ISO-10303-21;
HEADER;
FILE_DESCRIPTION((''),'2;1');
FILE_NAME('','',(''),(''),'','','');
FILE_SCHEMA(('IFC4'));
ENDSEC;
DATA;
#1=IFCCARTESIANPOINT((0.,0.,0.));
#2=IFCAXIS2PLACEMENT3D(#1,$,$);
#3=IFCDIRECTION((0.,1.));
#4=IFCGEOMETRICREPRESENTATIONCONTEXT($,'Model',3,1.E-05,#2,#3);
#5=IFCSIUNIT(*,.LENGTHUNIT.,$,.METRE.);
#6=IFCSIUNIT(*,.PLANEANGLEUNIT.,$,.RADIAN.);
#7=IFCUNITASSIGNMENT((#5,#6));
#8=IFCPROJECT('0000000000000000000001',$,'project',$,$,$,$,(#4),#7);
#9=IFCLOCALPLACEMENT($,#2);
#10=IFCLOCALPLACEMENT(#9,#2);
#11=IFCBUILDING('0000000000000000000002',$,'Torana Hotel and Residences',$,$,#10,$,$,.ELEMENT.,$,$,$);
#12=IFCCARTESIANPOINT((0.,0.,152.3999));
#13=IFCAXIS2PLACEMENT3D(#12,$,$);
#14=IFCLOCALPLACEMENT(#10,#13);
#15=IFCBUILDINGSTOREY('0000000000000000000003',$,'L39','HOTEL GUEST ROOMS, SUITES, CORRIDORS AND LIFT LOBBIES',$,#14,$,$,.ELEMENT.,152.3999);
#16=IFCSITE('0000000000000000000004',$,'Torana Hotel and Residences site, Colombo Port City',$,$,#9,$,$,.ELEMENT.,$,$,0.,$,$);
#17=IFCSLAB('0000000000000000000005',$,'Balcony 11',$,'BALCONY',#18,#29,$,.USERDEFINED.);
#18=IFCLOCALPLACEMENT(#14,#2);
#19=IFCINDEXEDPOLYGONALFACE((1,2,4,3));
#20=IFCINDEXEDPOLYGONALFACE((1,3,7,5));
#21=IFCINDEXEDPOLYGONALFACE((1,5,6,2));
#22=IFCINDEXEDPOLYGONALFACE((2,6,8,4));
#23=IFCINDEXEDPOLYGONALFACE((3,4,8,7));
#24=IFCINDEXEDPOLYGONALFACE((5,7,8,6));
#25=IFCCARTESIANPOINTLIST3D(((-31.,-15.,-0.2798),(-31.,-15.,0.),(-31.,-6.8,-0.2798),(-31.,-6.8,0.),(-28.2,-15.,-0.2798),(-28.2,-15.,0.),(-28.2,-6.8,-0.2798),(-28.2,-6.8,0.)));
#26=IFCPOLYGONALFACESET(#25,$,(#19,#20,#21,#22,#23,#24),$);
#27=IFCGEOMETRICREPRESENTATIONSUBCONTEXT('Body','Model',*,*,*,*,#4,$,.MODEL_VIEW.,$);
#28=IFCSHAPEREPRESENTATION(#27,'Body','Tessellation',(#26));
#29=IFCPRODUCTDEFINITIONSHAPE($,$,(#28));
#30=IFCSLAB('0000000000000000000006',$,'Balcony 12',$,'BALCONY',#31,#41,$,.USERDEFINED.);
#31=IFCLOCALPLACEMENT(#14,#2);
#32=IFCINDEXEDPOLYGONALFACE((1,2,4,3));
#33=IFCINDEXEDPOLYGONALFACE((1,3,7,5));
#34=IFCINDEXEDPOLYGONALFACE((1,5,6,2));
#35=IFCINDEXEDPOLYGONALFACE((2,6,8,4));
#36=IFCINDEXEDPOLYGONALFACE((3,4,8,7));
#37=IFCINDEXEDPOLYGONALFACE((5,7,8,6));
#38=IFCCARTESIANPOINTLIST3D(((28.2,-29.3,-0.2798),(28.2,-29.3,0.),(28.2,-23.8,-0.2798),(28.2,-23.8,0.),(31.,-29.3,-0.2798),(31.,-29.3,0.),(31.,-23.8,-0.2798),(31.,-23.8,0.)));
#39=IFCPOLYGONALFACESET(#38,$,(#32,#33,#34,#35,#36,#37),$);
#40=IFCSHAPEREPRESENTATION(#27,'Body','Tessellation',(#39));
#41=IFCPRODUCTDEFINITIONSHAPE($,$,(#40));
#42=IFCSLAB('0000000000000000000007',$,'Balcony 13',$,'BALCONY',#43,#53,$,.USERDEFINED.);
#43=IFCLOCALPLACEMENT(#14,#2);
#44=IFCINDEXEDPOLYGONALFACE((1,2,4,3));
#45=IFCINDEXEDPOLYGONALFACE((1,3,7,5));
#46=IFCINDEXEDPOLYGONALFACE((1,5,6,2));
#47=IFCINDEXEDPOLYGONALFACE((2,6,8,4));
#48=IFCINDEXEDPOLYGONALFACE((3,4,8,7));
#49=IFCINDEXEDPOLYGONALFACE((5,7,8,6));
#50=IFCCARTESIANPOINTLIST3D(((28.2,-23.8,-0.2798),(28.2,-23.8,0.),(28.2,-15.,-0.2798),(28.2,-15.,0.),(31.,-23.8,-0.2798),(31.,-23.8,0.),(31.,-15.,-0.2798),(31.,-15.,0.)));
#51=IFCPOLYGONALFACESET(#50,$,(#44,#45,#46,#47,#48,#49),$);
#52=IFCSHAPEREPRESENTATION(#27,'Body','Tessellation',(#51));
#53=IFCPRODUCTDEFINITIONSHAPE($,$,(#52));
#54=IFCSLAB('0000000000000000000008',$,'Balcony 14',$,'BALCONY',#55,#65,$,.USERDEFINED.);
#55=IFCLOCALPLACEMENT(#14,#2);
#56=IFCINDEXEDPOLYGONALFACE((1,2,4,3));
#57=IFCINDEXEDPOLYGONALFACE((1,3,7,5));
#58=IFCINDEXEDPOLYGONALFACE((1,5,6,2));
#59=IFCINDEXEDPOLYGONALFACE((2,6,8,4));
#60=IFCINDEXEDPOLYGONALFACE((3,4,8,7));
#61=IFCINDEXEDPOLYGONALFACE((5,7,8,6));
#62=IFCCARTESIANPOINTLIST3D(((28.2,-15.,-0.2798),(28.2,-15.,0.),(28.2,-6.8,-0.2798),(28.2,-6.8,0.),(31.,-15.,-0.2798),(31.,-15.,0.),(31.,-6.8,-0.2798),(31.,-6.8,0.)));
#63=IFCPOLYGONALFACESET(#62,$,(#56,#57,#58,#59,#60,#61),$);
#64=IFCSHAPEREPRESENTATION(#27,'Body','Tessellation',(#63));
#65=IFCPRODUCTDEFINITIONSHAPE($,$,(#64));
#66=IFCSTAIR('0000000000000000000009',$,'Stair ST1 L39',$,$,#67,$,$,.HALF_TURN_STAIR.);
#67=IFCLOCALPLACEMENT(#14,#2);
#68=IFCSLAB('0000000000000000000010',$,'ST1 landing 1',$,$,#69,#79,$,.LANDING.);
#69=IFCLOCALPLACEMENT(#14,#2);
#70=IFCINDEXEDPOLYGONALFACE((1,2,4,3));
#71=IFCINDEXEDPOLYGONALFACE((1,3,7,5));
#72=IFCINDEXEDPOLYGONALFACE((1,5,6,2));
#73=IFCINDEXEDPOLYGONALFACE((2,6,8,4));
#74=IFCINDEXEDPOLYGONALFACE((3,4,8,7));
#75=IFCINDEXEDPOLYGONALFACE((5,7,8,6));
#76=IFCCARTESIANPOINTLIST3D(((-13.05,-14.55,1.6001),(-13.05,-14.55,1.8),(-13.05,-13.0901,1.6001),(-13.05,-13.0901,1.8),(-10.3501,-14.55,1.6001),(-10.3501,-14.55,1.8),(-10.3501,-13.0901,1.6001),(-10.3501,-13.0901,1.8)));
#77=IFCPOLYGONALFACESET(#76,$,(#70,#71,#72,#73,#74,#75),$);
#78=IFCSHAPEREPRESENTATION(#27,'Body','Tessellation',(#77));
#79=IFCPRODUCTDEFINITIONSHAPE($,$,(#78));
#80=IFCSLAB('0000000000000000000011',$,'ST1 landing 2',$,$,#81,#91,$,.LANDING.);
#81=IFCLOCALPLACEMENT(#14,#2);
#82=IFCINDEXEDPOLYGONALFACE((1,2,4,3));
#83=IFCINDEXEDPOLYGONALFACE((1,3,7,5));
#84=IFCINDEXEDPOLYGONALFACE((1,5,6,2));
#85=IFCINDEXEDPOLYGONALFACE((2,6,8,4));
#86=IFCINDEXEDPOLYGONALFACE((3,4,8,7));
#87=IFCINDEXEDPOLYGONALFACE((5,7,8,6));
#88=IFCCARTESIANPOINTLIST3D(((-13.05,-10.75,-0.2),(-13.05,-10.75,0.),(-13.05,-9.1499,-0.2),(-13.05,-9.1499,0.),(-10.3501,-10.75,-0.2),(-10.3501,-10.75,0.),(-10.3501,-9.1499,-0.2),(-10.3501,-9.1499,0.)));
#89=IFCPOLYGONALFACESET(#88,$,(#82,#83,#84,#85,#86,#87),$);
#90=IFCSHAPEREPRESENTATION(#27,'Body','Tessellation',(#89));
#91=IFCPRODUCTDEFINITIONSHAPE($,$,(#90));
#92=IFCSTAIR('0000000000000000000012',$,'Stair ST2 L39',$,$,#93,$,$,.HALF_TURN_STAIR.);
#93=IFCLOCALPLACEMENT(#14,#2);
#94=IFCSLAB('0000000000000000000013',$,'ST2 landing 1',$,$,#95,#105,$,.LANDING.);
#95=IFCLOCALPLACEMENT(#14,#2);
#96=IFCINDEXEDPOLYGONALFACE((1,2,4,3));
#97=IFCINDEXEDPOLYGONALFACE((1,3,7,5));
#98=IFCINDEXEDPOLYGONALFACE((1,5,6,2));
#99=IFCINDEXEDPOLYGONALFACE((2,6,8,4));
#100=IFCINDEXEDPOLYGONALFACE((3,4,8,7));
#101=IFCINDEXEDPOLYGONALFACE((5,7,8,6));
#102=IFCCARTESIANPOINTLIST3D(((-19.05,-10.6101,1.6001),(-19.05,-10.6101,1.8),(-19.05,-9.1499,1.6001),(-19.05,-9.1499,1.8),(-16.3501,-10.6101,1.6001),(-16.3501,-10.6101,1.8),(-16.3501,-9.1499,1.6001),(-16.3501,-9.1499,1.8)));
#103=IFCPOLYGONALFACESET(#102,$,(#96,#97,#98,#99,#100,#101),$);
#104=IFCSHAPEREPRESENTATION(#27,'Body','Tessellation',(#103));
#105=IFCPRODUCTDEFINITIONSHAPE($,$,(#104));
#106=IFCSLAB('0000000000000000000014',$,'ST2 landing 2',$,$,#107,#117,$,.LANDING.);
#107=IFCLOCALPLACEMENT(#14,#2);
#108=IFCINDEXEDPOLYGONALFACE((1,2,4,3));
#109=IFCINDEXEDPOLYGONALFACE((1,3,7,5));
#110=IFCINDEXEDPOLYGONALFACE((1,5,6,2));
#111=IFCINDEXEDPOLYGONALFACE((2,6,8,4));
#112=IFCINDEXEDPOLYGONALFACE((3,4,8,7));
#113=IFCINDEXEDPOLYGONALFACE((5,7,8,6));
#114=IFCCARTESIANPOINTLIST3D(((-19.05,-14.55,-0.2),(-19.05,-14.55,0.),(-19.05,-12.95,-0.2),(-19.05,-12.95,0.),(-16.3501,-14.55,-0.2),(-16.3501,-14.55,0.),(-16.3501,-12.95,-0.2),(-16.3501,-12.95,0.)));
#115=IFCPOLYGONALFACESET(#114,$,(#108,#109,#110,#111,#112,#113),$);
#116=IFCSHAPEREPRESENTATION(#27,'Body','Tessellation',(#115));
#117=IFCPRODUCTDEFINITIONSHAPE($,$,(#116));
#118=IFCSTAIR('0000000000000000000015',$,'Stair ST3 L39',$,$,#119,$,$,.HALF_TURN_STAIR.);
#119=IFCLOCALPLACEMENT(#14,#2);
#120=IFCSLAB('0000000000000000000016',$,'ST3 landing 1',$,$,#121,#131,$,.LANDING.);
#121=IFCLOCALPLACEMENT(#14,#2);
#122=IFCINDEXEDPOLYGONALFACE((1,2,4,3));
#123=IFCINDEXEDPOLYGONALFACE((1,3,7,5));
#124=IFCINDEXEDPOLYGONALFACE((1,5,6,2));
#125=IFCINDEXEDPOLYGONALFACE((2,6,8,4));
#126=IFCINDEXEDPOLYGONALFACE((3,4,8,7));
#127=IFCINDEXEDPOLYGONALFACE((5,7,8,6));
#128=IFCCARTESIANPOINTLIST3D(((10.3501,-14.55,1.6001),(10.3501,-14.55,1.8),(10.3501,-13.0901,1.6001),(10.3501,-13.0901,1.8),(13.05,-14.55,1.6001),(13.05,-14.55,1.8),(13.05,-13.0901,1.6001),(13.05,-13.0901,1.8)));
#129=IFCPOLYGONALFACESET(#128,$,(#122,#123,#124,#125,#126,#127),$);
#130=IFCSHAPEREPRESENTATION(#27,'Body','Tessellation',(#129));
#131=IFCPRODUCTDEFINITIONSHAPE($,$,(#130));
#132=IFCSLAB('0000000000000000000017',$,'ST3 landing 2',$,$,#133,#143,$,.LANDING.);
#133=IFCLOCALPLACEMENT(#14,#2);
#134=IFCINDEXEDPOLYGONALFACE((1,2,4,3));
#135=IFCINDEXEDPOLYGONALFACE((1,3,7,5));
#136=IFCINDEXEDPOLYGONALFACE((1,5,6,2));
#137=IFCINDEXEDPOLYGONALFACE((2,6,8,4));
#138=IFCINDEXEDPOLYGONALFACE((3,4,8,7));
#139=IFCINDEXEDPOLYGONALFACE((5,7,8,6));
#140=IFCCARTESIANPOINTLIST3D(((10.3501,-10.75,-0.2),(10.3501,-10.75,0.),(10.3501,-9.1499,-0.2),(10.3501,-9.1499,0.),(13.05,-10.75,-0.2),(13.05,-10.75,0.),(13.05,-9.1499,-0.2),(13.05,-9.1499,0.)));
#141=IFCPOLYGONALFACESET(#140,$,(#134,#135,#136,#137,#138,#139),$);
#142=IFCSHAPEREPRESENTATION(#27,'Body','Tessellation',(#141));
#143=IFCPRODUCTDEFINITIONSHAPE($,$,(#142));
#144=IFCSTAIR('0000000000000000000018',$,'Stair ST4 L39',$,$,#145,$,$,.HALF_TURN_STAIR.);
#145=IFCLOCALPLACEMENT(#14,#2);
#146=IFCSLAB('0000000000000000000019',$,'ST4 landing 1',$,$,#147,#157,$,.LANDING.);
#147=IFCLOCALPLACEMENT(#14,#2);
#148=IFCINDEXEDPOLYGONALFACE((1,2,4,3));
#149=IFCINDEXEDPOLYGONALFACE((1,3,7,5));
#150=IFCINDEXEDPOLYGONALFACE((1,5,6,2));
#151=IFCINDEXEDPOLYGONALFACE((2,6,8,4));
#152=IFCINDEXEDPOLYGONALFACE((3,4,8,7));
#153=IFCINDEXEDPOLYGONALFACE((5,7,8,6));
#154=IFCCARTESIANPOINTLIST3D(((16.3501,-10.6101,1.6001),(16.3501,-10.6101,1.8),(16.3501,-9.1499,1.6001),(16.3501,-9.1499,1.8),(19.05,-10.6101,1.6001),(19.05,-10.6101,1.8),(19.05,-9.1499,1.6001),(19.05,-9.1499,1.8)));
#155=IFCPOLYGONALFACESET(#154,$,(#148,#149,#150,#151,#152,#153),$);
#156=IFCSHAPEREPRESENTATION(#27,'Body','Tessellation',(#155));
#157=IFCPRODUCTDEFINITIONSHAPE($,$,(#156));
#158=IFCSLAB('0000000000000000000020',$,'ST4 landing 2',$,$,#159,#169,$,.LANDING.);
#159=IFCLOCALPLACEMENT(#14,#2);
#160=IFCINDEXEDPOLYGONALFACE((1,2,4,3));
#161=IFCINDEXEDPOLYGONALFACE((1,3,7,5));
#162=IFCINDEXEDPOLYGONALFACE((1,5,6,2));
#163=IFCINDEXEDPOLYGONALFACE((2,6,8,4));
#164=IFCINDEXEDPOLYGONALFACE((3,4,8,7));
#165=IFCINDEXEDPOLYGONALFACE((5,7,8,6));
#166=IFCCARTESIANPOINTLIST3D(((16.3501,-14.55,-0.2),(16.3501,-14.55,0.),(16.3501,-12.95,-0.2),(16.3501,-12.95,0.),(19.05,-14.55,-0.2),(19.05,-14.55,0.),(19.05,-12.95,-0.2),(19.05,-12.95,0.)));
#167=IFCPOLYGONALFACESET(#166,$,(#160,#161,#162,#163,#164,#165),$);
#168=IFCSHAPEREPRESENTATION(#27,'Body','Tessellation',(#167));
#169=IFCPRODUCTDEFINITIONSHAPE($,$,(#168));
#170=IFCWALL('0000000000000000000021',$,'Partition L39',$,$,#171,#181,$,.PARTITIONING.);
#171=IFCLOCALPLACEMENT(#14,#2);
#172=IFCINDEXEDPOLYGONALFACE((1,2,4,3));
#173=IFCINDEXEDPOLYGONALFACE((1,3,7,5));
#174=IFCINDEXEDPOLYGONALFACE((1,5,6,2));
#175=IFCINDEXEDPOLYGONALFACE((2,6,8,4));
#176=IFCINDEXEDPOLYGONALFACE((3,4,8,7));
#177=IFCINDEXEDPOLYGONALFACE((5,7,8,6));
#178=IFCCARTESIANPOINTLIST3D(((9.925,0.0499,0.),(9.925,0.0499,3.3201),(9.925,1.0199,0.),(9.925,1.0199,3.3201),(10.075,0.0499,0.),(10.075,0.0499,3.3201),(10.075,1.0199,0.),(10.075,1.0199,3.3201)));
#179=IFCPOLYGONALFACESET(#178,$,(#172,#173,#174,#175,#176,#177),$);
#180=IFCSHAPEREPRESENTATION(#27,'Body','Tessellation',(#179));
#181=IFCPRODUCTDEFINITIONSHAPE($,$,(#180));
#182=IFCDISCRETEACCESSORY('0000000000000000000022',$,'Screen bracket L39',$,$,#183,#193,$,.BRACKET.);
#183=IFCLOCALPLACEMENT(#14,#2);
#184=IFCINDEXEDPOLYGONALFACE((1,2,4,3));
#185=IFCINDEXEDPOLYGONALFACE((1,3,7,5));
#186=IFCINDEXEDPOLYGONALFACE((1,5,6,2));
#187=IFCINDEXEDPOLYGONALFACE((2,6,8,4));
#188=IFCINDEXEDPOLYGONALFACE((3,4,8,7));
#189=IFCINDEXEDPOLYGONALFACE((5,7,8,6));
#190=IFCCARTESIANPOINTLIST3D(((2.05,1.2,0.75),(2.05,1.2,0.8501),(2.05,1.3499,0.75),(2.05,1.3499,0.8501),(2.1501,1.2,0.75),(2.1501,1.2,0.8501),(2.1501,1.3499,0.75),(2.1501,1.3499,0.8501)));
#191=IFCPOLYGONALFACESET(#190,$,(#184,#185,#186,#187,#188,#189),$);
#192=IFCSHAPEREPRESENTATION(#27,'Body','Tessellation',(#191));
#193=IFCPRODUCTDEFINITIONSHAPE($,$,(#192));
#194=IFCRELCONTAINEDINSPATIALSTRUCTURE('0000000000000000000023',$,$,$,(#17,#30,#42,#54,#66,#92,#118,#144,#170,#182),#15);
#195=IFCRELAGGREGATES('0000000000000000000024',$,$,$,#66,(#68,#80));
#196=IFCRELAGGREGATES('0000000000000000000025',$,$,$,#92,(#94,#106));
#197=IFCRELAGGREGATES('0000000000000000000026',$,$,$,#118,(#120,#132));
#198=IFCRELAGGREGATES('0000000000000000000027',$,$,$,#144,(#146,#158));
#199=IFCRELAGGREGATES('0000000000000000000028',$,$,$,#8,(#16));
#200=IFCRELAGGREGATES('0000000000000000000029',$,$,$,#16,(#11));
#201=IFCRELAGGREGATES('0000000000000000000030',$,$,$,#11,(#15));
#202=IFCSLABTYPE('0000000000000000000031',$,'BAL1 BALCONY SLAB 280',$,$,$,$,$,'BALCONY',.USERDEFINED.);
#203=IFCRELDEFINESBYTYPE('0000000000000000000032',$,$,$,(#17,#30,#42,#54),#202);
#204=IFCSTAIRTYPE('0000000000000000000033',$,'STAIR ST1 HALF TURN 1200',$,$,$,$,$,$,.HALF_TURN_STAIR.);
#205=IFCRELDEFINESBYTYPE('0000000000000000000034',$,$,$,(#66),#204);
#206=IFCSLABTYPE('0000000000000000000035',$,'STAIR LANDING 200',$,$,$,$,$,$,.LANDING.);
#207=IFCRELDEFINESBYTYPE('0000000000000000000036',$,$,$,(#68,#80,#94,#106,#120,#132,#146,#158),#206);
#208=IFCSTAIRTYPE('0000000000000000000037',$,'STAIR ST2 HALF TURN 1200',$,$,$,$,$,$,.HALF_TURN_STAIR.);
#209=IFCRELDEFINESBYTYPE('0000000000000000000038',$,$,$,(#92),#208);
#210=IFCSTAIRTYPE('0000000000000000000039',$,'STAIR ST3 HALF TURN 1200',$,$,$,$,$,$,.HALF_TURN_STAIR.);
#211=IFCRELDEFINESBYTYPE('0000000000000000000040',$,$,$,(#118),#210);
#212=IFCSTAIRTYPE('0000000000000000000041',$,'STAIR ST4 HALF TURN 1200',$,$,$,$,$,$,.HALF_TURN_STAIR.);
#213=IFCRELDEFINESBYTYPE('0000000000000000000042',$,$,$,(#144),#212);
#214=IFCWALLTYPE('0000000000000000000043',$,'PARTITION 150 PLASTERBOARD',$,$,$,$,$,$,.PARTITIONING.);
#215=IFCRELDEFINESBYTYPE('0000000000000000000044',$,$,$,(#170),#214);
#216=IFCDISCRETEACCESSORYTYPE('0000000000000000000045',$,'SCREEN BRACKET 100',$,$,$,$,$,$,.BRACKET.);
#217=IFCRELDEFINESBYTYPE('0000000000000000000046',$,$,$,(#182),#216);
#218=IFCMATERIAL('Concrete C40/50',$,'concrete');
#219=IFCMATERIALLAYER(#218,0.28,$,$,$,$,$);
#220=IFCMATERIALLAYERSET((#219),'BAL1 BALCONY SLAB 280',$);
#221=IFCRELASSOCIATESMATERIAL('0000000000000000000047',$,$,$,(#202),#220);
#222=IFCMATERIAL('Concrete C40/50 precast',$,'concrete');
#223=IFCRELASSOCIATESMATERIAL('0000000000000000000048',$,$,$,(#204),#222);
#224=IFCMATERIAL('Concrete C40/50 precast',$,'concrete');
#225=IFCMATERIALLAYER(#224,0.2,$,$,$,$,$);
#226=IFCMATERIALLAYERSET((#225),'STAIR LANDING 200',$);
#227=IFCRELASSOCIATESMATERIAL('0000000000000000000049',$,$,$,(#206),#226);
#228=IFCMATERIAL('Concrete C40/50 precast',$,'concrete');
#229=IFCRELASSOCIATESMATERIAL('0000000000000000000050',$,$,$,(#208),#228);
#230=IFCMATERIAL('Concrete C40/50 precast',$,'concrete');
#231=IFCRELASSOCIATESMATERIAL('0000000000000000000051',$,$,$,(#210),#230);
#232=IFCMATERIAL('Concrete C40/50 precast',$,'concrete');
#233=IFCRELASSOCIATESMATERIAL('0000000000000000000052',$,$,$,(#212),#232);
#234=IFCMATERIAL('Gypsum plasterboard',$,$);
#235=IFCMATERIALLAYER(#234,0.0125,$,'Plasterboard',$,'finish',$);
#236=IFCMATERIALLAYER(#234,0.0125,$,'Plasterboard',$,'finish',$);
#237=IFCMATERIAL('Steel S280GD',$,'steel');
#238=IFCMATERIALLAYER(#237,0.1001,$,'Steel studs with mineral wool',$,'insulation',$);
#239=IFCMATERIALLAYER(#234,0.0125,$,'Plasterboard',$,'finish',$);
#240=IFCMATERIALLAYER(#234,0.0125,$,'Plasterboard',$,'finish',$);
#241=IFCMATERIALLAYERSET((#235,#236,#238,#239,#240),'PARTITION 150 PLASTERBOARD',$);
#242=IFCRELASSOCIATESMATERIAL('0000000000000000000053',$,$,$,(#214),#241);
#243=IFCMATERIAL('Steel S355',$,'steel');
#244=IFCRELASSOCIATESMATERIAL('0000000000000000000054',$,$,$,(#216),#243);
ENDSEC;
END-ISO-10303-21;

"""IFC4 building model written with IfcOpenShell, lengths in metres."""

from ifc_helpers import new_model, si_unit, direction, frame, frame_2d, origin, origin_2d, place, context, subcontext, project, spatial, polyline, rectangle, outline, extrude, material, layer, layer_set, type_object, element, aggregate, save


model = new_model("IFC4")

# Units and contexts
model_context = context("Model", 3, precision=1e-05, world=origin(), true_north=direction((0.0, 1.0)))
body_context = subcontext(model_context, "Body", "Model", "MODEL_VIEW")
ifc_project = project(units=[si_unit("LENGTHUNIT", "METRE"), si_unit("PLANEANGLEUNIT", "RADIAN")], contexts=[model_context])

# Site, building, storey
site_placement = place(None, origin())
site = spatial("IfcSite", under=ifc_project, at=site_placement, Name="Torana Hotel and Residences site, Colombo Port City", CompositionType="ELEMENT", RefElevation=0.0)
building_placement = place(site_placement, origin())
building = spatial("IfcBuilding", under=site, at=building_placement, Name="Torana Hotel and Residences", CompositionType="ELEMENT")
storey_placement = place(building_placement, frame((0.0, 0.0, 152.3999)))
storey = spatial("IfcBuildingStorey", under=building, at=storey_placement, Name="L39", Description="HOTEL GUEST ROOMS, SUITES, CORRIDORS AND LIFT LOBBIES", CompositionType="ELEMENT", Elevation=152.3999)

# Slabs
ifc_material_1 = material(Name="Concrete C40/50", Category="concrete")
ifc_layer_1 = layer(ifc_material_1, 0.28)
ifc_layer_set_1 = layer_set([ifc_layer_1], Name="BAL1 BALCONY SLAB 280")
slab_type_1 = type_object("IfcSlabType", Name="BAL1 BALCONY SLAB 280", ElementType="BALCONY", PredefinedType="USERDEFINED", material=ifc_layer_set_1)
slab_1_placement = place(storey_placement, frame((0.0, 0.0, -0.2798)))
element("IfcSlab", 1, at=slab_1_placement, inside=storey, type_object=slab_type_1, Name="Balcony 11", ObjectType="BALCONY", PredefinedType="USERDEFINED", context=body_context, shape_type="SweptSolid", body=[
    extrude(outline(polyline([(-31.0, -15.0), (-28.2, -15.0), (-28.2, -6.8), (-31.0, -6.8), (-31.0, -15.0)])), origin(), (0.0, 0.0, 1.0), 0.2798),
])
slab_2_placement = place(storey_placement, frame((0.0, 0.0, -0.2798)))
element("IfcSlab", 2, at=slab_2_placement, inside=storey, type_object=slab_type_1, Name="Balcony 12", ObjectType="BALCONY", PredefinedType="USERDEFINED", context=body_context, shape_type="SweptSolid", body=[
    extrude(outline(polyline([(28.2, -29.3), (31.0, -29.3), (31.0, -23.8), (28.2, -23.8), (28.2, -29.3)])), origin(), (0.0, 0.0, 1.0), 0.2798),
])
slab_3_placement = place(storey_placement, frame((0.0, 0.0, -0.2798)))
element("IfcSlab", 3, at=slab_3_placement, inside=storey, type_object=slab_type_1, Name="Balcony 13", ObjectType="BALCONY", PredefinedType="USERDEFINED", context=body_context, shape_type="SweptSolid", body=[
    extrude(outline(polyline([(28.2, -23.8), (31.0, -23.8), (31.0, -15.0), (28.2, -15.0), (28.2, -23.8)])), origin(), (0.0, 0.0, 1.0), 0.2798),
])
slab_4_placement = place(storey_placement, frame((0.0, 0.0, -0.2798)))
element("IfcSlab", 4, at=slab_4_placement, inside=storey, type_object=slab_type_1, Name="Balcony 14", ObjectType="BALCONY", PredefinedType="USERDEFINED", context=body_context, shape_type="SweptSolid", body=[
    extrude(outline(polyline([(28.2, -15.0), (31.0, -15.0), (31.0, -6.8), (28.2, -6.8), (28.2, -15.0)])), origin(), (0.0, 0.0, 1.0), 0.2798),
])

# Stairs, slabs
ifc_material_2 = material(Name="Concrete C40/50 precast", Category="concrete")
stair_type_1 = type_object("IfcStairType", Name="STAIR ST1 HALF TURN 1200", PredefinedType="HALF_TURN_STAIR", material=ifc_material_2)
stair_1_placement = place(storey_placement, origin())
stair_1 = element("IfcStair", 5, at=stair_1_placement, inside=storey, type_object=stair_type_1, Name="Stair ST1 L39", PredefinedType="HALF_TURN_STAIR")
ifc_material_3 = material(Name="Concrete C40/50 precast", Category="concrete")
ifc_layer_2 = layer(ifc_material_3, 0.2)
ifc_layer_set_2 = layer_set([ifc_layer_2], Name="STAIR LANDING 200")
slab_type_2 = type_object("IfcSlabType", Name="STAIR LANDING 200", PredefinedType="LANDING", material=ifc_layer_set_2)
slab_5_placement = place(storey_placement, frame((0.0, 0.0, 1.6001)))
slab_5 = element("IfcSlab", 6, at=slab_5_placement, type_object=slab_type_2, Name="ST1 landing 1", PredefinedType="LANDING", context=body_context, shape_type="SweptSolid", body=[
    extrude(outline(polyline([(-13.05, -14.55), (-10.3501, -14.55), (-10.3501, -13.0901), (-13.05, -13.0901), (-13.05, -14.55)])), origin(), (0.0, 0.0, 1.0), 0.2),
])
slab_6_placement = place(storey_placement, frame((0.0, 0.0, -0.2)))
slab_6 = element("IfcSlab", 7, at=slab_6_placement, type_object=slab_type_2, Name="ST1 landing 2", PredefinedType="LANDING", context=body_context, shape_type="SweptSolid", body=[
    extrude(outline(polyline([(-13.05, -10.75), (-10.3501, -10.75), (-10.3501, -9.1499), (-13.05, -9.1499), (-13.05, -10.75)])), origin(), (0.0, 0.0, 1.0), 0.2),
])
aggregate(stair_1, [slab_5, slab_6])
ifc_material_4 = material(Name="Concrete C40/50 precast", Category="concrete")
stair_type_2 = type_object("IfcStairType", Name="STAIR ST2 HALF TURN 1200", PredefinedType="HALF_TURN_STAIR", material=ifc_material_4)
stair_2_placement = place(storey_placement, origin())
stair_2 = element("IfcStair", 8, at=stair_2_placement, inside=storey, type_object=stair_type_2, Name="Stair ST2 L39", PredefinedType="HALF_TURN_STAIR")
slab_7_placement = place(storey_placement, frame((0.0, 0.0, 1.6001)))
slab_7 = element("IfcSlab", 9, at=slab_7_placement, type_object=slab_type_2, Name="ST2 landing 1", PredefinedType="LANDING", context=body_context, shape_type="SweptSolid", body=[
    extrude(outline(polyline([(-19.05, -10.6101), (-16.3501, -10.6101), (-16.3501, -9.1499), (-19.05, -9.1499), (-19.05, -10.6101)])), origin(), (0.0, 0.0, 1.0), 0.2),
])
slab_8_placement = place(storey_placement, frame((0.0, 0.0, -0.2)))
slab_8 = element("IfcSlab", 10, at=slab_8_placement, type_object=slab_type_2, Name="ST2 landing 2", PredefinedType="LANDING", context=body_context, shape_type="SweptSolid", body=[
    extrude(outline(polyline([(-19.05, -14.55), (-16.3501, -14.55), (-16.3501, -12.95), (-19.05, -12.95), (-19.05, -14.55)])), origin(), (0.0, 0.0, 1.0), 0.2),
])
aggregate(stair_2, [slab_7, slab_8])
ifc_material_5 = material(Name="Concrete C40/50 precast", Category="concrete")
stair_type_3 = type_object("IfcStairType", Name="STAIR ST3 HALF TURN 1200", PredefinedType="HALF_TURN_STAIR", material=ifc_material_5)
stair_3_placement = place(storey_placement, origin())
stair_3 = element("IfcStair", 11, at=stair_3_placement, inside=storey, type_object=stair_type_3, Name="Stair ST3 L39", PredefinedType="HALF_TURN_STAIR")
slab_9_placement = place(storey_placement, frame((0.0, 0.0, 1.6001)))
slab_9 = element("IfcSlab", 12, at=slab_9_placement, type_object=slab_type_2, Name="ST3 landing 1", PredefinedType="LANDING", context=body_context, shape_type="SweptSolid", body=[
    extrude(outline(polyline([(10.3501, -14.55), (13.05, -14.55), (13.05, -13.0901), (10.3501, -13.0901), (10.3501, -14.55)])), origin(), (0.0, 0.0, 1.0), 0.2),
])
slab_10_placement = place(storey_placement, frame((0.0, 0.0, -0.2)))
slab_10 = element("IfcSlab", 13, at=slab_10_placement, type_object=slab_type_2, Name="ST3 landing 2", PredefinedType="LANDING", context=body_context, shape_type="SweptSolid", body=[
    extrude(outline(polyline([(10.3501, -10.75), (13.05, -10.75), (13.05, -9.1499), (10.3501, -9.1499), (10.3501, -10.75)])), origin(), (0.0, 0.0, 1.0), 0.2),
])
aggregate(stair_3, [slab_9, slab_10])
ifc_material_6 = material(Name="Concrete C40/50 precast", Category="concrete")
stair_type_4 = type_object("IfcStairType", Name="STAIR ST4 HALF TURN 1200", PredefinedType="HALF_TURN_STAIR", material=ifc_material_6)
stair_4_placement = place(storey_placement, origin())
stair_4 = element("IfcStair", 14, at=stair_4_placement, inside=storey, type_object=stair_type_4, Name="Stair ST4 L39", PredefinedType="HALF_TURN_STAIR")
slab_11_placement = place(storey_placement, frame((0.0, 0.0, 1.6001)))
slab_11 = element("IfcSlab", 15, at=slab_11_placement, type_object=slab_type_2, Name="ST4 landing 1", PredefinedType="LANDING", context=body_context, shape_type="SweptSolid", body=[
    extrude(outline(polyline([(16.3501, -10.6101), (19.05, -10.6101), (19.05, -9.1499), (16.3501, -9.1499), (16.3501, -10.6101)])), origin(), (0.0, 0.0, 1.0), 0.2),
])
slab_12_placement = place(storey_placement, frame((0.0, 0.0, -0.2)))
slab_12 = element("IfcSlab", 16, at=slab_12_placement, type_object=slab_type_2, Name="ST4 landing 2", PredefinedType="LANDING", context=body_context, shape_type="SweptSolid", body=[
    extrude(outline(polyline([(16.3501, -14.55), (19.05, -14.55), (19.05, -12.95), (16.3501, -12.95), (16.3501, -14.55)])), origin(), (0.0, 0.0, 1.0), 0.2),
])
aggregate(stair_4, [slab_11, slab_12])

# Wall
ifc_material_7 = material(Name="Gypsum plasterboard")
ifc_layer_3 = layer(ifc_material_7, 0.0125, Name="Plasterboard", Category="finish")
ifc_layer_4 = layer(ifc_material_7, 0.0125, Name="Plasterboard", Category="finish")
ifc_material_8 = material(Name="Steel S280GD", Category="steel")
ifc_layer_5 = layer(ifc_material_8, 0.1001, Name="Steel studs with mineral wool", Category="insulation")
ifc_layer_6 = layer(ifc_material_7, 0.0125, Name="Plasterboard", Category="finish")
ifc_layer_7 = layer(ifc_material_7, 0.0125, Name="Plasterboard", Category="finish")
ifc_layer_set_3 = layer_set([ifc_layer_3, ifc_layer_4, ifc_layer_5, ifc_layer_6, ifc_layer_7], Name="PARTITION 150 PLASTERBOARD")
wall_type = type_object("IfcWallType", Name="PARTITION 150 PLASTERBOARD", PredefinedType="PARTITIONING", material=ifc_layer_set_3)
wall_placement = place(storey_placement, frame((10.0, 0.05, 0.0), z_axis=(0.0, 0.0, 1.0), x_axis=(0.0, 1.0, 0.0)))
element("IfcWall", 17, at=wall_placement, inside=storey, type_object=wall_type, Name="Partition L39", PredefinedType="PARTITIONING", context=body_context, shape_type="SweptSolid", body=[
    extrude(rectangle(XDim=0.97, YDim=0.1499, at=frame_2d((0.4849, 0.0))), origin(), (0.0, 0.0, 1.0), 3.3201),
])

# Discrete accessory
ifc_material_9 = material(Name="Steel S355", Category="steel")
discrete_accessory_type = type_object("IfcDiscreteAccessoryType", Name="SCREEN BRACKET 100", PredefinedType="BRACKET", material=ifc_material_9)
for number, where, z_axis, x_axis, name in (
    (18, (2.1001, 1.2749, 0.75), (0.0, 0.0, 1.0), (-1.0, 0.0, 0.0), "Screen bracket L39"),
):
    element("IfcDiscreteAccessory", number, at=place(storey_placement, frame(where, z_axis=z_axis, x_axis=x_axis)), inside=storey, type_object=discrete_accessory_type, Name=name, PredefinedType="BRACKET", context=body_context, shape_type="SweptSolid", body=[
        extrude(rectangle(XDim=0.1001, YDim=0.1499, at=origin_2d()), origin(), (0.0, 0.0, 1.0), 0.1001),
    ])

save(model, "model.ifc")
